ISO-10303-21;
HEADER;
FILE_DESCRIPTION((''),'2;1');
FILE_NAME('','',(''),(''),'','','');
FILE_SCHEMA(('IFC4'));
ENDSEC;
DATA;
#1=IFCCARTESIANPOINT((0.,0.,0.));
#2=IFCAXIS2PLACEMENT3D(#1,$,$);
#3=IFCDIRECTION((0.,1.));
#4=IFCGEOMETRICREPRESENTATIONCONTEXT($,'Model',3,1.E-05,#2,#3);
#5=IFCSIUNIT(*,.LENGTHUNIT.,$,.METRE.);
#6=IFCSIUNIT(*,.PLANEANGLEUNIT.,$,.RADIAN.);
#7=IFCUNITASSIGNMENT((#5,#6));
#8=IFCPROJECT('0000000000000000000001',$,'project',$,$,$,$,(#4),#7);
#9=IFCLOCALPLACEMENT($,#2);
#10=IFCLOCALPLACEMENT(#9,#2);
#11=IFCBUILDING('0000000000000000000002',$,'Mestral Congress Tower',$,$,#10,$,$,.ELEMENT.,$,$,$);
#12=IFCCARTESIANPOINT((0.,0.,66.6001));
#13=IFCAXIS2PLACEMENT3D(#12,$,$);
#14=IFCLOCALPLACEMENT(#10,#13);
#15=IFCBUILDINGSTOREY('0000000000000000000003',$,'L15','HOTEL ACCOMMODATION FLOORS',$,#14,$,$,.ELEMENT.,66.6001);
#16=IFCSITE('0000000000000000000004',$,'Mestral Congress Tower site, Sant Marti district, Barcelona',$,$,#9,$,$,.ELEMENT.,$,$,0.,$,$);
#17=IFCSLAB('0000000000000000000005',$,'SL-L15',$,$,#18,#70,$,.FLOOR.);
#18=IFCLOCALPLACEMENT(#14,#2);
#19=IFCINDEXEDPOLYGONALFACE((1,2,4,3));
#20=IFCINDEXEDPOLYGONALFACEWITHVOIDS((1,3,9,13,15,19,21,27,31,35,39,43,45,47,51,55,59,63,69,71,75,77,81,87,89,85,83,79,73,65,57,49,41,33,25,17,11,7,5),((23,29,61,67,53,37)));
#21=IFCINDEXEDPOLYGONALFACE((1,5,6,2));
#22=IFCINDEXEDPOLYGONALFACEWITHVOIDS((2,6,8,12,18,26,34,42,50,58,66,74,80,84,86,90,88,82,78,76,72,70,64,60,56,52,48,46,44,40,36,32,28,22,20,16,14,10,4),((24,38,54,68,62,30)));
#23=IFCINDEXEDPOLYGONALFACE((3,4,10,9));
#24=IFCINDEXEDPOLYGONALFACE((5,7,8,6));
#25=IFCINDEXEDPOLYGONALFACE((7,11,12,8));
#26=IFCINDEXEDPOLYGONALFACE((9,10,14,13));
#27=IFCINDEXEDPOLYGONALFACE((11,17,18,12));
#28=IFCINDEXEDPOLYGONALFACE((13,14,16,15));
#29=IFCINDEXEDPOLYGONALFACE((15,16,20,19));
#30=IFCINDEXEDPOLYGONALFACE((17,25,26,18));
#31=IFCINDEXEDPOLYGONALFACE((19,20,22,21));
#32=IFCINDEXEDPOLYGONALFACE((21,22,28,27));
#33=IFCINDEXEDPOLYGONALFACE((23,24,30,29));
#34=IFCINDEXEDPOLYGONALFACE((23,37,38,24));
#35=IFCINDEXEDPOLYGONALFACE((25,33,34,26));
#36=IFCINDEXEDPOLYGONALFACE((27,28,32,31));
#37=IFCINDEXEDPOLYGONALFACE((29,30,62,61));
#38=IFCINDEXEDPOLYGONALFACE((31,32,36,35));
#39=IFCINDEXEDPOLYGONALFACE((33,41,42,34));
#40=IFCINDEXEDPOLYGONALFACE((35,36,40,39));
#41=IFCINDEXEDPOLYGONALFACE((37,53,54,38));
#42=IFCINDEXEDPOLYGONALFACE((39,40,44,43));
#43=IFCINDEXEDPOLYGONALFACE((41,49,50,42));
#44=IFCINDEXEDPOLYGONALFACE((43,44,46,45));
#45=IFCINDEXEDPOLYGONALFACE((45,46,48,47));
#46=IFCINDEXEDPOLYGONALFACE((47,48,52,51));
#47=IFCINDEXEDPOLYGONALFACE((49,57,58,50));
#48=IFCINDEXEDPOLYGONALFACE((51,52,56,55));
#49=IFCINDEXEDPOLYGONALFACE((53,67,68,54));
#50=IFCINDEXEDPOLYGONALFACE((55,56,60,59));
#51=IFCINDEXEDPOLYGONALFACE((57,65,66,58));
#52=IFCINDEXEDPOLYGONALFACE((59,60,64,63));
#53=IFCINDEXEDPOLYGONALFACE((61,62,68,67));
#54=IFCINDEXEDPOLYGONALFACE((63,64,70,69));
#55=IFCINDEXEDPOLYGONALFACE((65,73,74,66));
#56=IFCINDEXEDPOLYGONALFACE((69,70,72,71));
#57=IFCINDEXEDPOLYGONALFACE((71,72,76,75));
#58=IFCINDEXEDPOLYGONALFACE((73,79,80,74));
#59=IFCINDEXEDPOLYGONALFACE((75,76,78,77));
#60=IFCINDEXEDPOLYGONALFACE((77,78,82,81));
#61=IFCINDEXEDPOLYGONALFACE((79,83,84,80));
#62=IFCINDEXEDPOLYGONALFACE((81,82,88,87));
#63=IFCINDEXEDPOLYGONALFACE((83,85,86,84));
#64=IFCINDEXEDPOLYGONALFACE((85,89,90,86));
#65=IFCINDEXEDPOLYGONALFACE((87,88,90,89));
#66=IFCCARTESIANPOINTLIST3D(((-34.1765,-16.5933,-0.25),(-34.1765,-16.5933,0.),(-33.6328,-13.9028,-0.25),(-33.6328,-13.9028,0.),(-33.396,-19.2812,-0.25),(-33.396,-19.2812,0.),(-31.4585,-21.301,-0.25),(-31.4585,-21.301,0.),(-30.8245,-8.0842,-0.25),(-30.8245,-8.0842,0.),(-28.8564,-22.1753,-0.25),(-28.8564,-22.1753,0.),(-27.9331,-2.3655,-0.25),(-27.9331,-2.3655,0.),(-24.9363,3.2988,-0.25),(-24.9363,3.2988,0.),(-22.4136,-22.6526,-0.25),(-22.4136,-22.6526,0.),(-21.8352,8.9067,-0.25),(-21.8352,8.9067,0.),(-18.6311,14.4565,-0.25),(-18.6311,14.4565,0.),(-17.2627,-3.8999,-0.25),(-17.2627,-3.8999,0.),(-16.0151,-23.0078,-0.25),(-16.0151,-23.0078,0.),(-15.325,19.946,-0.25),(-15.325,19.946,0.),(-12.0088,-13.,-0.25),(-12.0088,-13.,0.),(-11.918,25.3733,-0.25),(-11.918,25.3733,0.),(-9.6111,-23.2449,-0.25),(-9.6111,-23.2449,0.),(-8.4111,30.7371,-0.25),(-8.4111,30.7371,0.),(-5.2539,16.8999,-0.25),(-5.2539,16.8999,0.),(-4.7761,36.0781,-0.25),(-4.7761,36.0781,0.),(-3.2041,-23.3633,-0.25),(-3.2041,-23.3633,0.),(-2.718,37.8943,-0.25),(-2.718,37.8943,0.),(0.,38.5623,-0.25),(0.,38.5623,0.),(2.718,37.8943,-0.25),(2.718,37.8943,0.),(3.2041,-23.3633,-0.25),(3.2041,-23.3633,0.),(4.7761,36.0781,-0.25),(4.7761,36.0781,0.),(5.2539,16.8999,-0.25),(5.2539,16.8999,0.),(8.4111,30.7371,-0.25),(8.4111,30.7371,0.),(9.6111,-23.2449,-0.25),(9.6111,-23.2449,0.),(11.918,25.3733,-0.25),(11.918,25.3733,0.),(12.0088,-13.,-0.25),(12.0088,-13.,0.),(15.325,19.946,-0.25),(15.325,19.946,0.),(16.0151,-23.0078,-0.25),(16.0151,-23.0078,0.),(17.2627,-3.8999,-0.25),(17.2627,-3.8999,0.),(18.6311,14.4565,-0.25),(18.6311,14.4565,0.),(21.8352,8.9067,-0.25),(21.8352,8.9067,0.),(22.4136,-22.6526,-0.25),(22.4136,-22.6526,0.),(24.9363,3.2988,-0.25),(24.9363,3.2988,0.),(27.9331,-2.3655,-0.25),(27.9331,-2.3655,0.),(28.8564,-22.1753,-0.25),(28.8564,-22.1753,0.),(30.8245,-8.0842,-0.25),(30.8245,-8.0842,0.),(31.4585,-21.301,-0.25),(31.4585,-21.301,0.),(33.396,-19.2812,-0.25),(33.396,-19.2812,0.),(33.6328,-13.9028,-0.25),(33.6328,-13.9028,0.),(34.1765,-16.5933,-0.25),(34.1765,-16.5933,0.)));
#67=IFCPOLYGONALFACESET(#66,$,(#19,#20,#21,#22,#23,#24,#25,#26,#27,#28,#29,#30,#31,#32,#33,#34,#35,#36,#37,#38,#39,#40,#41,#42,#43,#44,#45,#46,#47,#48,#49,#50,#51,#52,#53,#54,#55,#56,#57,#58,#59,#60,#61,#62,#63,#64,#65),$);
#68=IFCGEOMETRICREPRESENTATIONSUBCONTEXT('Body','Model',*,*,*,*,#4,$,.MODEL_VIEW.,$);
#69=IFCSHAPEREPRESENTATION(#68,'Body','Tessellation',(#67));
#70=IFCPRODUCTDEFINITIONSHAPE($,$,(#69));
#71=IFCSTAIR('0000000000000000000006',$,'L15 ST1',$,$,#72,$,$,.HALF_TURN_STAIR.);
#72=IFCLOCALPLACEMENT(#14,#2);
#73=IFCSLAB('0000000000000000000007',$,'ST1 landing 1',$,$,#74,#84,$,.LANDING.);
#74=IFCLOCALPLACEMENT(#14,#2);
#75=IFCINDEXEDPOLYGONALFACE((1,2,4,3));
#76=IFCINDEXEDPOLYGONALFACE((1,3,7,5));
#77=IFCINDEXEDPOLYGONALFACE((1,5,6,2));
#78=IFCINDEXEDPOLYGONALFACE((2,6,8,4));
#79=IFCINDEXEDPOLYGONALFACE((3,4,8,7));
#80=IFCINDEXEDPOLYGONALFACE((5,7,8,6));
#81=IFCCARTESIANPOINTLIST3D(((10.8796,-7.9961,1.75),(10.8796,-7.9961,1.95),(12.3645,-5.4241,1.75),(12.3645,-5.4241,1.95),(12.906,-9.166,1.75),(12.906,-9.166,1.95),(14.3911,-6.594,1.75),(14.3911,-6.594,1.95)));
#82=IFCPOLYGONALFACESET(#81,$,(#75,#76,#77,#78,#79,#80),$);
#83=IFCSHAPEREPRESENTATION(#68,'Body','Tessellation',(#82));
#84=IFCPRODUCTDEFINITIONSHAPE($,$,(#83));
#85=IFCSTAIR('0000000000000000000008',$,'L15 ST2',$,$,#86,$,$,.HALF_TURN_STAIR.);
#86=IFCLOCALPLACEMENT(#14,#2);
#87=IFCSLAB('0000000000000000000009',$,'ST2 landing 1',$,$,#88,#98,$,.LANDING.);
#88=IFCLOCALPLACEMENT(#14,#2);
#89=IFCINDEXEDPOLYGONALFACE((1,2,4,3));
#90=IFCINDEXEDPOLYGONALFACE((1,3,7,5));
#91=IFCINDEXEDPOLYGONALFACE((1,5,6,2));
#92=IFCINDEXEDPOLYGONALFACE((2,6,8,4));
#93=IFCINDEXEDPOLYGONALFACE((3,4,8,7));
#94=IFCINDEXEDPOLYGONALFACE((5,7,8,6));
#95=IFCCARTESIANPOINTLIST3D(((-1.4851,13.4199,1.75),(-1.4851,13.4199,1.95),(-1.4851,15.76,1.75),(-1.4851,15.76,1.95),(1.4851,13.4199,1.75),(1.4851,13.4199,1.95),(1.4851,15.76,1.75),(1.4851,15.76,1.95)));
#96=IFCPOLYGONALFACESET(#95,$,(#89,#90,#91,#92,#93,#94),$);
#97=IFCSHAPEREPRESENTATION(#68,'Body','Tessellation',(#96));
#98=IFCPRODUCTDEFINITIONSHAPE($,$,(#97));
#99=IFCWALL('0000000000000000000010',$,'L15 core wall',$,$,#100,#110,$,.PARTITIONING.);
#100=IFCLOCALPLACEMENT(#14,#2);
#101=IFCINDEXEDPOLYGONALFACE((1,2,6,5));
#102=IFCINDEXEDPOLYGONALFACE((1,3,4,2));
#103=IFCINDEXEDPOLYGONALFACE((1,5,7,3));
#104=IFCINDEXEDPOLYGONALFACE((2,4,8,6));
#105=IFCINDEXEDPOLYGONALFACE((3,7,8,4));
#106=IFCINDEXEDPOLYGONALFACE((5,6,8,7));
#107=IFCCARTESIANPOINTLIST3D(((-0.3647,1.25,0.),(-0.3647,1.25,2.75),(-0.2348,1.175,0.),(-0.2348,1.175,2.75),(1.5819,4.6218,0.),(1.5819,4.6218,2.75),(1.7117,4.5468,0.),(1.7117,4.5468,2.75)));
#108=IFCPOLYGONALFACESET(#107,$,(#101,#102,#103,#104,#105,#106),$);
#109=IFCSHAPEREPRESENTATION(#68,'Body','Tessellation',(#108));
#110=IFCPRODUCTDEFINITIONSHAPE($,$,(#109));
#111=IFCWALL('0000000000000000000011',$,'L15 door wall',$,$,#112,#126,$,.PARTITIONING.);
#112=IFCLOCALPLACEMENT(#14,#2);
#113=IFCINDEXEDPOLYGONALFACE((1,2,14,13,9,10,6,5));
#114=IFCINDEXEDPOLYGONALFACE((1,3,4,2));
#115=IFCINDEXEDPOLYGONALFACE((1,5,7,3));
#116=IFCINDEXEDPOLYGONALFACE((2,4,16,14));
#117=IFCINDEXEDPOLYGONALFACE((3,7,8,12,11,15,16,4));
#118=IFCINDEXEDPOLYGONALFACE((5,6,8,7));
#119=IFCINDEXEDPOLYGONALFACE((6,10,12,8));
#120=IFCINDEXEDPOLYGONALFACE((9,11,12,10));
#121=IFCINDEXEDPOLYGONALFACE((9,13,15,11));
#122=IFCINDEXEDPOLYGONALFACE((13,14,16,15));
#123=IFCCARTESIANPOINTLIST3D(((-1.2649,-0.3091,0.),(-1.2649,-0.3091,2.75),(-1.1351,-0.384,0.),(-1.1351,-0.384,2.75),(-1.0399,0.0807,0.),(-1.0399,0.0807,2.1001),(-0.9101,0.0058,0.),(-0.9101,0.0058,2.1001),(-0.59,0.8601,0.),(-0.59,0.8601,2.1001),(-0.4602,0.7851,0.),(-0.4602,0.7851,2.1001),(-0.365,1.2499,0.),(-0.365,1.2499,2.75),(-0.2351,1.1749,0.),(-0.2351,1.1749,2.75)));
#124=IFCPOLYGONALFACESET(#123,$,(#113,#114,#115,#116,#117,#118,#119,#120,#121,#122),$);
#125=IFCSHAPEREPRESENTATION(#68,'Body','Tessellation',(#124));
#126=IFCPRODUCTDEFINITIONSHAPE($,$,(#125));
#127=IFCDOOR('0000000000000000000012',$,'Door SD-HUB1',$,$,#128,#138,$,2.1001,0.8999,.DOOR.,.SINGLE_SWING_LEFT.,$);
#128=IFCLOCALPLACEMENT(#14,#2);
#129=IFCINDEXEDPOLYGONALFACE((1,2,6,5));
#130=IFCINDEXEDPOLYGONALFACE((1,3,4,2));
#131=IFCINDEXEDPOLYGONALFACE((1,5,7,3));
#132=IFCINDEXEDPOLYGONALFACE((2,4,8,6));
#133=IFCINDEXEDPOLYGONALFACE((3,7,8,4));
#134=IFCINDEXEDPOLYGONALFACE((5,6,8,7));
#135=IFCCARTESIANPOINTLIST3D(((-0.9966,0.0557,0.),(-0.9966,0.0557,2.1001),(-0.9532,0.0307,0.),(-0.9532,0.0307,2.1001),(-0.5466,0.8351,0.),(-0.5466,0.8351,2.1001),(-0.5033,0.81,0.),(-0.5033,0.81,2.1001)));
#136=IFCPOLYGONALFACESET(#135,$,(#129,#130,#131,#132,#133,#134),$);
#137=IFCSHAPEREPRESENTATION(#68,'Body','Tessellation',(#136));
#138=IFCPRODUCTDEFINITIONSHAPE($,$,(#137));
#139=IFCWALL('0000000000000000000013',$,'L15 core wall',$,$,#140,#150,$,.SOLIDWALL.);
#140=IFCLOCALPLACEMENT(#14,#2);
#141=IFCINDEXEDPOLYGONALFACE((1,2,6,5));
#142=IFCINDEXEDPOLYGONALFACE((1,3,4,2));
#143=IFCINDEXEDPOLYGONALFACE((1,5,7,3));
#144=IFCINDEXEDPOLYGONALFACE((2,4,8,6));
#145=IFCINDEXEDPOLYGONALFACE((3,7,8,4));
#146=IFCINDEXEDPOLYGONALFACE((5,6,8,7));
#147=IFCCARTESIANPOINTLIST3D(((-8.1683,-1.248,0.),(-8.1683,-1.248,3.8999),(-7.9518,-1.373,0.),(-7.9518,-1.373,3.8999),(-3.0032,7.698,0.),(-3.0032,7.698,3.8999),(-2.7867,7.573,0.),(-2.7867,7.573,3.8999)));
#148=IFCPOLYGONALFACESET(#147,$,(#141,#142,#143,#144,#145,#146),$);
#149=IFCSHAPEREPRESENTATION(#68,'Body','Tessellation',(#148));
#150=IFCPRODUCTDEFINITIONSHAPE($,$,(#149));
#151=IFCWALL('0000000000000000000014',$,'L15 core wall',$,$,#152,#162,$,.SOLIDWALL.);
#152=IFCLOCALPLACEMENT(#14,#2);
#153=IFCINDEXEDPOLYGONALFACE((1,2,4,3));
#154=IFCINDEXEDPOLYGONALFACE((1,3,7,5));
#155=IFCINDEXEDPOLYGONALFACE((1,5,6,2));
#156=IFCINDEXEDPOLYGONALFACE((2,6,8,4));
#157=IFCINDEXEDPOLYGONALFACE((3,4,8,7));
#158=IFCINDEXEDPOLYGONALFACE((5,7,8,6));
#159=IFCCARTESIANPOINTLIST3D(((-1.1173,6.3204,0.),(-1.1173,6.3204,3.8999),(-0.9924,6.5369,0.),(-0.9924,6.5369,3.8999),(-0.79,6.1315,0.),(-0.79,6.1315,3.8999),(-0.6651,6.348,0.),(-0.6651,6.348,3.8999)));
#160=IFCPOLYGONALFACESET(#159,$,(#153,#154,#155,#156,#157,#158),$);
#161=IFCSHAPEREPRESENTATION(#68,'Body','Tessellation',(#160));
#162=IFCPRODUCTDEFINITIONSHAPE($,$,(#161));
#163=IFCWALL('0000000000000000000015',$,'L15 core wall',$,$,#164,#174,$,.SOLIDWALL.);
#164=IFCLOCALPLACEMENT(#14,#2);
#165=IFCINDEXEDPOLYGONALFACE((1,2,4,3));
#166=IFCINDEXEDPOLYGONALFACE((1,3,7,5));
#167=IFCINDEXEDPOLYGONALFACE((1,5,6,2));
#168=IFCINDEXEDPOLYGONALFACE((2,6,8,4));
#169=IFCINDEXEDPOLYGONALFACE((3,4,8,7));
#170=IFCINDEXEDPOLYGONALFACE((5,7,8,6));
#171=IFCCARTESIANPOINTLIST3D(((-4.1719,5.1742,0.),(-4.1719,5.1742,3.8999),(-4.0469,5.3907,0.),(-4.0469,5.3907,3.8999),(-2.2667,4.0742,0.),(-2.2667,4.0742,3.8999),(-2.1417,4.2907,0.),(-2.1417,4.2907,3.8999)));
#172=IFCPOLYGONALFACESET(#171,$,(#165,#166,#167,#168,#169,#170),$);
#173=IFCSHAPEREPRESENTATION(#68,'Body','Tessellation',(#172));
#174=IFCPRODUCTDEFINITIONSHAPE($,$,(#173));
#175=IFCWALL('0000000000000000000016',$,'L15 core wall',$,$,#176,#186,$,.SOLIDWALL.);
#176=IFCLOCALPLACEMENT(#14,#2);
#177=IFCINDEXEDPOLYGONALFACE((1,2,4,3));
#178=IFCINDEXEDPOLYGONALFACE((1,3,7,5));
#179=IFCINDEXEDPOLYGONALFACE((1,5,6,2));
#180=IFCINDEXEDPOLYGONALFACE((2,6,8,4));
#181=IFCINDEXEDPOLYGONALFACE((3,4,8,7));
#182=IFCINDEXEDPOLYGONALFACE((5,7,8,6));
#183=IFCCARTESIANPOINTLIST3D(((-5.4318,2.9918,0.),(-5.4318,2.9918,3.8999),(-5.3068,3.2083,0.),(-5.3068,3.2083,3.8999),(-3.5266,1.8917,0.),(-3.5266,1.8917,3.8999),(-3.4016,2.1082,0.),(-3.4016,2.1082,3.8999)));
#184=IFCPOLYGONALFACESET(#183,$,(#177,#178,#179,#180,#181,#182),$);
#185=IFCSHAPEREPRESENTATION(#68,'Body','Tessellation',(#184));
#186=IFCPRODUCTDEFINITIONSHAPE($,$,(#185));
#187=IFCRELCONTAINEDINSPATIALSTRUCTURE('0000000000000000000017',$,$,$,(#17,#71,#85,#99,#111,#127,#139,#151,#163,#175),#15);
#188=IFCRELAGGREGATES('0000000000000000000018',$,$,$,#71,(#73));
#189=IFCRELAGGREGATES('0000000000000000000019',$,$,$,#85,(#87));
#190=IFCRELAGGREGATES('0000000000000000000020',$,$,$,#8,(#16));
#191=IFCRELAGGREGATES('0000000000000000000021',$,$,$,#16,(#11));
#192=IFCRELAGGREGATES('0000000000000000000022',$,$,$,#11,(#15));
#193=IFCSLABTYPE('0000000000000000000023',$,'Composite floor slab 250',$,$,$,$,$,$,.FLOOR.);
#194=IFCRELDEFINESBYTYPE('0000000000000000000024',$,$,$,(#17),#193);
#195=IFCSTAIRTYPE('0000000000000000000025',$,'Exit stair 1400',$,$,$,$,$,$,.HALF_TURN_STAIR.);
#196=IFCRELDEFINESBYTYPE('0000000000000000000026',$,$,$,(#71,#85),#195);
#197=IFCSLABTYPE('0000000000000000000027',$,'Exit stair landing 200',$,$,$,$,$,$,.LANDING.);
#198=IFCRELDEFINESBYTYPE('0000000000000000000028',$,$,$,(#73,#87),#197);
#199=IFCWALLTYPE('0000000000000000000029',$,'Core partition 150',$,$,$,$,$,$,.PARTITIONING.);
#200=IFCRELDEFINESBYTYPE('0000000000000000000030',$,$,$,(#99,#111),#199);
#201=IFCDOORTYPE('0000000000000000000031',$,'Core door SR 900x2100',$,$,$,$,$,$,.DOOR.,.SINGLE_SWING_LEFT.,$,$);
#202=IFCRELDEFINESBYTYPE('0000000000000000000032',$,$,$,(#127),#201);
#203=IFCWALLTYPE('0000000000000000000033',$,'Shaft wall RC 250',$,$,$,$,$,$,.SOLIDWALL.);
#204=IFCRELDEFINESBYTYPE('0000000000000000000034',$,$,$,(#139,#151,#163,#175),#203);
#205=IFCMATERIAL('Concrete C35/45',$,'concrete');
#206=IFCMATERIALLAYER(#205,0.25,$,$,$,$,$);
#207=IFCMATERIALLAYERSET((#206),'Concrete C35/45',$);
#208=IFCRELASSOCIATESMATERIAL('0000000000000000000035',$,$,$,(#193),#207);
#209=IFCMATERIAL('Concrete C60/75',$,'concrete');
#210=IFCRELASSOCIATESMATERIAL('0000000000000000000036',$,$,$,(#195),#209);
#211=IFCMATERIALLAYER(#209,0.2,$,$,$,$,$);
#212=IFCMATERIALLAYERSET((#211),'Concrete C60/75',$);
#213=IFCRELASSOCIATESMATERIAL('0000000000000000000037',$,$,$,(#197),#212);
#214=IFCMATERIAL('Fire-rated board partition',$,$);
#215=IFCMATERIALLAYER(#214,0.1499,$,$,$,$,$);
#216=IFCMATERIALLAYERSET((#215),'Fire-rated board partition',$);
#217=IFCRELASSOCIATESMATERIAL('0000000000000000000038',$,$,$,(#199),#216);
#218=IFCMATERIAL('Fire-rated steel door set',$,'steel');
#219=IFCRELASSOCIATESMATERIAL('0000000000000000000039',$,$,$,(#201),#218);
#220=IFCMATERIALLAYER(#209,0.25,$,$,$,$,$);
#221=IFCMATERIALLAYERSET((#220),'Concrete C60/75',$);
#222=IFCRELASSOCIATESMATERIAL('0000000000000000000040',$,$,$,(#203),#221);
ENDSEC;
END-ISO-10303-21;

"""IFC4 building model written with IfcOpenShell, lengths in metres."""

from ifc_helpers import new_model, si_unit, direction, frame, frame_2d, origin, place, context, subcontext, project, spatial, polyline, rectangle, outline, extrude, material, layer, layer_set, type_object, element, fill, aggregate, save


model = new_model("IFC4")

# Units and contexts
model_context = context("Model", 3, precision=1e-05, world=origin(), true_north=direction((0.0, 1.0)))
body_context = subcontext(model_context, "Body", "Model", "MODEL_VIEW")
ifc_project = project(units=[si_unit("LENGTHUNIT", "METRE"), si_unit("PLANEANGLEUNIT", "RADIAN")], contexts=[model_context])

# Site, building, storey
site_placement = place(None, origin())
site = spatial("IfcSite", under=ifc_project, at=site_placement, Name="Mestral Congress Tower site, Sant Marti district, Barcelona", CompositionType="ELEMENT", RefElevation=0.0)
building_placement = place(site_placement, origin())
building = spatial("IfcBuilding", under=site, at=building_placement, Name="Mestral Congress Tower", CompositionType="ELEMENT")
storey_placement = place(building_placement, frame((0.0, 0.0, 66.6001)))
storey = spatial("IfcBuildingStorey", under=building, at=storey_placement, Name="L15", Description="HOTEL ACCOMMODATION FLOORS", CompositionType="ELEMENT", Elevation=66.6001)

# Slab
ifc_material_1 = material(Name="Concrete C35/45", Category="concrete")
ifc_layer_1 = layer(ifc_material_1, 0.25)
ifc_layer_set_1 = layer_set([ifc_layer_1], Name="Concrete C35/45")
slab_type_1 = type_object("IfcSlabType", Name="Composite floor slab 250", PredefinedType="FLOOR", material=ifc_layer_set_1)
slab_1_placement = place(storey_placement, frame((0.0, 0.0, -0.25)))
element("IfcSlab", 1, at=slab_1_placement, inside=storey, type_object=slab_type_1, Name="SL-L15", PredefinedType="FLOOR", context=body_context, shape_type="SweptSolid", body=[
    extrude(outline(polyline([(-28.8564, -22.1753), (-31.4585, -21.301), (-33.396, -19.2812), (-34.1765, -16.5933), (-33.6328, -13.9028), (-30.8245, -8.0842), (-27.9331, -2.3655), (-24.9363, 3.2988), (-21.8352, 8.9067), (-18.6311, 14.4565), (-15.325, 19.946), (-11.918, 25.3733), (-8.4111, 30.7371), (-4.7761, 36.0781), (-2.718, 37.8943), (0.0, 38.5623), (2.718, 37.8943), (4.7761, 36.0781), (8.4111, 30.7371), (11.918, 25.3733), (15.325, 19.946), (18.6311, 14.4565), (21.8352, 8.9067), (24.9363, 3.2988), (27.9331, -2.3655), (30.8245, -8.0842), (33.6328, -13.9028), (34.1765, -16.5933), (33.396, -19.2812), (31.4585, -21.301), (28.8564, -22.1753), (22.4136, -22.6526), (16.0151, -23.0078), (9.6111, -23.2449), (3.2041, -23.3633), (-3.2041, -23.3633), (-9.6111, -23.2449), (-16.0151, -23.0078), (-22.4136, -22.6526), (-28.8564, -22.1753)]), holes=[polyline([(-5.2539, 16.8999), (-17.2627, -3.8999), (-12.0088, -13.0), (12.0088, -13.0), (17.2627, -3.8999), (5.2539, 16.8999), (-5.2539, 16.8999)])]), origin(), (0.0, 0.0, 1.0), 0.25),
])

# Stairs, slabs
ifc_material_2 = material(Name="Concrete C60/75", Category="concrete")
stair_type = type_object("IfcStairType", Name="Exit stair 1400", PredefinedType="HALF_TURN_STAIR", material=ifc_material_2)
placement_1 = place(storey_placement, origin())
stair_1 = element("IfcStair", 2, at=placement_1, inside=storey, type_object=stair_type, Name="L15 ST1", PredefinedType="HALF_TURN_STAIR")
ifc_layer_2 = layer(ifc_material_2, 0.2)
ifc_layer_set_2 = layer_set([ifc_layer_2], Name="Concrete C60/75")
slab_type_2 = type_object("IfcSlabType", Name="Exit stair landing 200", PredefinedType="LANDING", material=ifc_layer_set_2)
placement_2 = place(storey_placement, frame((0.0, 0.0, 1.75)))
slab_2 = element("IfcSlab", 3, at=placement_2, type_object=slab_type_2, Name="ST1 landing 1", PredefinedType="LANDING", context=body_context, shape_type="SweptSolid", body=[
    extrude(outline(polyline([(10.8796, -7.9961), (12.3645, -5.4241), (14.3911, -6.594), (12.906, -9.166), (10.8796, -7.9961)])), origin(), (0.0, 0.0, 1.0), 0.2),
])
aggregate(stair_1, [slab_2])
stair_2 = element("IfcStair", 4, at=placement_1, inside=storey, type_object=stair_type, Name="L15 ST2", PredefinedType="HALF_TURN_STAIR")
slab_3 = element("IfcSlab", 5, at=placement_2, type_object=slab_type_2, Name="ST2 landing 1", PredefinedType="LANDING", context=body_context, shape_type="SweptSolid", body=[
    extrude(outline(polyline([(1.4851, 13.4199), (-1.4851, 13.4199), (-1.4851, 15.76), (1.4851, 15.76), (1.4851, 13.4199)])), origin(), (0.0, 0.0, 1.0), 0.2),
])
aggregate(stair_2, [slab_3])

# Wall
ifc_material_3 = material(Name="Fire-rated board partition")
ifc_layer_3 = layer(ifc_material_3, 0.1499)
ifc_layer_set_3 = layer_set([ifc_layer_3], Name="Fire-rated board partition")
wall_type_1 = type_object("IfcWallType", Name="Core partition 150", PredefinedType="PARTITIONING", material=ifc_layer_set_3)
wall_1_placement = place(storey_placement, frame((-0.2998, 1.2124, 0.0), z_axis=(0.0, 0.0, 1.0), x_axis=(0.499963, 0.866047, 0.0)))
element("IfcWall", 6, at=wall_1_placement, inside=storey, type_object=wall_type_1, Name="L15 core wall", PredefinedType="PARTITIONING", context=body_context, shape_type="SweptSolid", body=[
    extrude(rectangle(XDim=3.8933, YDim=0.1499, at=frame_2d((1.9468, 0.0))), origin(), (0.0, 0.0, 1.0), 2.75),
])

# Wall, opening, door
wall_2_placement = place(storey_placement, frame((-1.2, -0.3464, 0.0), z_axis=(0.0, 0.0, 1.0), x_axis=(0.499961, 0.866048, 0.0)))
wall_2 = element("IfcWall", 7, at=wall_2_placement, inside=storey, type_object=wall_type_1, Name="L15 door wall", PredefinedType="PARTITIONING", context=body_context, shape_type="SweptSolid", body=[
    extrude(rectangle(XDim=1.8, YDim=0.1499, at=frame_2d((0.8999, 0.0))), origin(), (0.0, 0.0, 1.0), 2.75),
])
opening_1_placement = place(wall_2_placement, frame((0.45, 0.0, 0.0)))
opening_1 = element("IfcOpeningElement", 8, at=opening_1_placement, cuts=wall_2, PredefinedType="OPENING", context=body_context, shape_type="SweptSolid", body=[
    extrude(rectangle(XDim=0.8999, YDim=2.1001, at=frame_2d((0.45, 1.05))), frame((0.0, 0.085, 0.0), z_axis=(0.0, -1.0, 0.0), x_axis=(1.0, 0.0, 0.0)), (0.0, 0.0, 1.0), 0.1699),
])
ifc_material_4 = material(Name="Fire-rated steel door set", Category="steel")
door_type_1 = type_object("IfcDoorType", Name="Core door SR 900x2100", OperationType="SINGLE_SWING_LEFT", PredefinedType="DOOR", material=ifc_material_4)
door_1_placement = place(opening_1_placement, origin())
door_1 = element("IfcDoor", 9, at=door_1_placement, inside=storey, type_object=door_type_1, Name="Door SD-HUB1", OperationType="SINGLE_SWING_LEFT", OverallHeight=2.1001, OverallWidth=0.8999, PredefinedType="DOOR", context=body_context, shape_type="SweptSolid", body=[
    extrude(rectangle(XDim=0.8999, YDim=2.1001, at=frame_2d((0.45, 1.05))), frame((0.0, 0.0249, 0.0), z_axis=(0.0, -1.0, 0.0), x_axis=(1.0, 0.0, 0.0)), (0.0, 0.0, 1.0), 0.05),
])
fill(opening_1, door_1)

# Walls
ifc_layer_4 = layer(ifc_material_2, 0.25)
ifc_layer_set_4 = layer_set([ifc_layer_4], Name="Concrete C60/75")
wall_type_2 = type_object("IfcWallType", Name="Shaft wall RC 250", PredefinedType="SOLIDWALL", material=ifc_layer_set_4)
wall_3_placement = place(storey_placement, frame((-8.0601, -1.3105, 0.0), z_axis=(0.0, 0.0, 1.0), x_axis=(0.500003, 0.866024, 0.0)))
element("IfcWall", 10, at=wall_3_placement, inside=storey, type_object=wall_type_2, Name="L15 core wall", PredefinedType="SOLIDWALL", context=body_context, shape_type="SweptSolid", body=[
    extrude(rectangle(XDim=10.3301, YDim=0.25, at=frame_2d((5.165, 0.0))), origin(), (0.0, 0.0, 1.0), 3.8999),
])
wall_4_placement = place(storey_placement, frame((-0.7275, 6.2397, 0.0), z_axis=(0.0, 0.0, 1.0), x_axis=(-0.866089, 0.49989, 0.0)))
element("IfcWall", 11, at=wall_4_placement, inside=storey, type_object=wall_type_2, Name="L15 core wall", PredefinedType="SOLIDWALL", context=body_context, shape_type="SweptSolid", body=[
    extrude(rectangle(XDim=0.3779, YDim=0.25, at=frame_2d((0.189, 0.0))), origin(), (0.0, 0.0, 1.0), 3.8999),
])
for number, where, z_axis, x_axis, name in (
    (12, (-2.2041, 4.1824, 0.0), (0.0, 0.0, 1.0), (-0.866008, 0.50003, 0.0), "L15 core wall"),
    (13, (-5.3694, 3.1001, 0.0), (0.0, 0.0, 1.0), (0.866008, -0.50003, 0.0), "L15 core wall"),
):
    element("IfcWall", number, at=place(storey_placement, frame(where, z_axis=z_axis, x_axis=x_axis)), inside=storey, type_object=wall_type_2, Name=name, PredefinedType="SOLIDWALL", context=body_context, shape_type="SweptSolid", body=[
        extrude(rectangle(XDim=2.2, YDim=0.25, at=frame_2d((1.1001, 0.0))), origin(), (0.0, 0.0, 1.0), 3.8999),
    ])

save(model, "model.ifc")
